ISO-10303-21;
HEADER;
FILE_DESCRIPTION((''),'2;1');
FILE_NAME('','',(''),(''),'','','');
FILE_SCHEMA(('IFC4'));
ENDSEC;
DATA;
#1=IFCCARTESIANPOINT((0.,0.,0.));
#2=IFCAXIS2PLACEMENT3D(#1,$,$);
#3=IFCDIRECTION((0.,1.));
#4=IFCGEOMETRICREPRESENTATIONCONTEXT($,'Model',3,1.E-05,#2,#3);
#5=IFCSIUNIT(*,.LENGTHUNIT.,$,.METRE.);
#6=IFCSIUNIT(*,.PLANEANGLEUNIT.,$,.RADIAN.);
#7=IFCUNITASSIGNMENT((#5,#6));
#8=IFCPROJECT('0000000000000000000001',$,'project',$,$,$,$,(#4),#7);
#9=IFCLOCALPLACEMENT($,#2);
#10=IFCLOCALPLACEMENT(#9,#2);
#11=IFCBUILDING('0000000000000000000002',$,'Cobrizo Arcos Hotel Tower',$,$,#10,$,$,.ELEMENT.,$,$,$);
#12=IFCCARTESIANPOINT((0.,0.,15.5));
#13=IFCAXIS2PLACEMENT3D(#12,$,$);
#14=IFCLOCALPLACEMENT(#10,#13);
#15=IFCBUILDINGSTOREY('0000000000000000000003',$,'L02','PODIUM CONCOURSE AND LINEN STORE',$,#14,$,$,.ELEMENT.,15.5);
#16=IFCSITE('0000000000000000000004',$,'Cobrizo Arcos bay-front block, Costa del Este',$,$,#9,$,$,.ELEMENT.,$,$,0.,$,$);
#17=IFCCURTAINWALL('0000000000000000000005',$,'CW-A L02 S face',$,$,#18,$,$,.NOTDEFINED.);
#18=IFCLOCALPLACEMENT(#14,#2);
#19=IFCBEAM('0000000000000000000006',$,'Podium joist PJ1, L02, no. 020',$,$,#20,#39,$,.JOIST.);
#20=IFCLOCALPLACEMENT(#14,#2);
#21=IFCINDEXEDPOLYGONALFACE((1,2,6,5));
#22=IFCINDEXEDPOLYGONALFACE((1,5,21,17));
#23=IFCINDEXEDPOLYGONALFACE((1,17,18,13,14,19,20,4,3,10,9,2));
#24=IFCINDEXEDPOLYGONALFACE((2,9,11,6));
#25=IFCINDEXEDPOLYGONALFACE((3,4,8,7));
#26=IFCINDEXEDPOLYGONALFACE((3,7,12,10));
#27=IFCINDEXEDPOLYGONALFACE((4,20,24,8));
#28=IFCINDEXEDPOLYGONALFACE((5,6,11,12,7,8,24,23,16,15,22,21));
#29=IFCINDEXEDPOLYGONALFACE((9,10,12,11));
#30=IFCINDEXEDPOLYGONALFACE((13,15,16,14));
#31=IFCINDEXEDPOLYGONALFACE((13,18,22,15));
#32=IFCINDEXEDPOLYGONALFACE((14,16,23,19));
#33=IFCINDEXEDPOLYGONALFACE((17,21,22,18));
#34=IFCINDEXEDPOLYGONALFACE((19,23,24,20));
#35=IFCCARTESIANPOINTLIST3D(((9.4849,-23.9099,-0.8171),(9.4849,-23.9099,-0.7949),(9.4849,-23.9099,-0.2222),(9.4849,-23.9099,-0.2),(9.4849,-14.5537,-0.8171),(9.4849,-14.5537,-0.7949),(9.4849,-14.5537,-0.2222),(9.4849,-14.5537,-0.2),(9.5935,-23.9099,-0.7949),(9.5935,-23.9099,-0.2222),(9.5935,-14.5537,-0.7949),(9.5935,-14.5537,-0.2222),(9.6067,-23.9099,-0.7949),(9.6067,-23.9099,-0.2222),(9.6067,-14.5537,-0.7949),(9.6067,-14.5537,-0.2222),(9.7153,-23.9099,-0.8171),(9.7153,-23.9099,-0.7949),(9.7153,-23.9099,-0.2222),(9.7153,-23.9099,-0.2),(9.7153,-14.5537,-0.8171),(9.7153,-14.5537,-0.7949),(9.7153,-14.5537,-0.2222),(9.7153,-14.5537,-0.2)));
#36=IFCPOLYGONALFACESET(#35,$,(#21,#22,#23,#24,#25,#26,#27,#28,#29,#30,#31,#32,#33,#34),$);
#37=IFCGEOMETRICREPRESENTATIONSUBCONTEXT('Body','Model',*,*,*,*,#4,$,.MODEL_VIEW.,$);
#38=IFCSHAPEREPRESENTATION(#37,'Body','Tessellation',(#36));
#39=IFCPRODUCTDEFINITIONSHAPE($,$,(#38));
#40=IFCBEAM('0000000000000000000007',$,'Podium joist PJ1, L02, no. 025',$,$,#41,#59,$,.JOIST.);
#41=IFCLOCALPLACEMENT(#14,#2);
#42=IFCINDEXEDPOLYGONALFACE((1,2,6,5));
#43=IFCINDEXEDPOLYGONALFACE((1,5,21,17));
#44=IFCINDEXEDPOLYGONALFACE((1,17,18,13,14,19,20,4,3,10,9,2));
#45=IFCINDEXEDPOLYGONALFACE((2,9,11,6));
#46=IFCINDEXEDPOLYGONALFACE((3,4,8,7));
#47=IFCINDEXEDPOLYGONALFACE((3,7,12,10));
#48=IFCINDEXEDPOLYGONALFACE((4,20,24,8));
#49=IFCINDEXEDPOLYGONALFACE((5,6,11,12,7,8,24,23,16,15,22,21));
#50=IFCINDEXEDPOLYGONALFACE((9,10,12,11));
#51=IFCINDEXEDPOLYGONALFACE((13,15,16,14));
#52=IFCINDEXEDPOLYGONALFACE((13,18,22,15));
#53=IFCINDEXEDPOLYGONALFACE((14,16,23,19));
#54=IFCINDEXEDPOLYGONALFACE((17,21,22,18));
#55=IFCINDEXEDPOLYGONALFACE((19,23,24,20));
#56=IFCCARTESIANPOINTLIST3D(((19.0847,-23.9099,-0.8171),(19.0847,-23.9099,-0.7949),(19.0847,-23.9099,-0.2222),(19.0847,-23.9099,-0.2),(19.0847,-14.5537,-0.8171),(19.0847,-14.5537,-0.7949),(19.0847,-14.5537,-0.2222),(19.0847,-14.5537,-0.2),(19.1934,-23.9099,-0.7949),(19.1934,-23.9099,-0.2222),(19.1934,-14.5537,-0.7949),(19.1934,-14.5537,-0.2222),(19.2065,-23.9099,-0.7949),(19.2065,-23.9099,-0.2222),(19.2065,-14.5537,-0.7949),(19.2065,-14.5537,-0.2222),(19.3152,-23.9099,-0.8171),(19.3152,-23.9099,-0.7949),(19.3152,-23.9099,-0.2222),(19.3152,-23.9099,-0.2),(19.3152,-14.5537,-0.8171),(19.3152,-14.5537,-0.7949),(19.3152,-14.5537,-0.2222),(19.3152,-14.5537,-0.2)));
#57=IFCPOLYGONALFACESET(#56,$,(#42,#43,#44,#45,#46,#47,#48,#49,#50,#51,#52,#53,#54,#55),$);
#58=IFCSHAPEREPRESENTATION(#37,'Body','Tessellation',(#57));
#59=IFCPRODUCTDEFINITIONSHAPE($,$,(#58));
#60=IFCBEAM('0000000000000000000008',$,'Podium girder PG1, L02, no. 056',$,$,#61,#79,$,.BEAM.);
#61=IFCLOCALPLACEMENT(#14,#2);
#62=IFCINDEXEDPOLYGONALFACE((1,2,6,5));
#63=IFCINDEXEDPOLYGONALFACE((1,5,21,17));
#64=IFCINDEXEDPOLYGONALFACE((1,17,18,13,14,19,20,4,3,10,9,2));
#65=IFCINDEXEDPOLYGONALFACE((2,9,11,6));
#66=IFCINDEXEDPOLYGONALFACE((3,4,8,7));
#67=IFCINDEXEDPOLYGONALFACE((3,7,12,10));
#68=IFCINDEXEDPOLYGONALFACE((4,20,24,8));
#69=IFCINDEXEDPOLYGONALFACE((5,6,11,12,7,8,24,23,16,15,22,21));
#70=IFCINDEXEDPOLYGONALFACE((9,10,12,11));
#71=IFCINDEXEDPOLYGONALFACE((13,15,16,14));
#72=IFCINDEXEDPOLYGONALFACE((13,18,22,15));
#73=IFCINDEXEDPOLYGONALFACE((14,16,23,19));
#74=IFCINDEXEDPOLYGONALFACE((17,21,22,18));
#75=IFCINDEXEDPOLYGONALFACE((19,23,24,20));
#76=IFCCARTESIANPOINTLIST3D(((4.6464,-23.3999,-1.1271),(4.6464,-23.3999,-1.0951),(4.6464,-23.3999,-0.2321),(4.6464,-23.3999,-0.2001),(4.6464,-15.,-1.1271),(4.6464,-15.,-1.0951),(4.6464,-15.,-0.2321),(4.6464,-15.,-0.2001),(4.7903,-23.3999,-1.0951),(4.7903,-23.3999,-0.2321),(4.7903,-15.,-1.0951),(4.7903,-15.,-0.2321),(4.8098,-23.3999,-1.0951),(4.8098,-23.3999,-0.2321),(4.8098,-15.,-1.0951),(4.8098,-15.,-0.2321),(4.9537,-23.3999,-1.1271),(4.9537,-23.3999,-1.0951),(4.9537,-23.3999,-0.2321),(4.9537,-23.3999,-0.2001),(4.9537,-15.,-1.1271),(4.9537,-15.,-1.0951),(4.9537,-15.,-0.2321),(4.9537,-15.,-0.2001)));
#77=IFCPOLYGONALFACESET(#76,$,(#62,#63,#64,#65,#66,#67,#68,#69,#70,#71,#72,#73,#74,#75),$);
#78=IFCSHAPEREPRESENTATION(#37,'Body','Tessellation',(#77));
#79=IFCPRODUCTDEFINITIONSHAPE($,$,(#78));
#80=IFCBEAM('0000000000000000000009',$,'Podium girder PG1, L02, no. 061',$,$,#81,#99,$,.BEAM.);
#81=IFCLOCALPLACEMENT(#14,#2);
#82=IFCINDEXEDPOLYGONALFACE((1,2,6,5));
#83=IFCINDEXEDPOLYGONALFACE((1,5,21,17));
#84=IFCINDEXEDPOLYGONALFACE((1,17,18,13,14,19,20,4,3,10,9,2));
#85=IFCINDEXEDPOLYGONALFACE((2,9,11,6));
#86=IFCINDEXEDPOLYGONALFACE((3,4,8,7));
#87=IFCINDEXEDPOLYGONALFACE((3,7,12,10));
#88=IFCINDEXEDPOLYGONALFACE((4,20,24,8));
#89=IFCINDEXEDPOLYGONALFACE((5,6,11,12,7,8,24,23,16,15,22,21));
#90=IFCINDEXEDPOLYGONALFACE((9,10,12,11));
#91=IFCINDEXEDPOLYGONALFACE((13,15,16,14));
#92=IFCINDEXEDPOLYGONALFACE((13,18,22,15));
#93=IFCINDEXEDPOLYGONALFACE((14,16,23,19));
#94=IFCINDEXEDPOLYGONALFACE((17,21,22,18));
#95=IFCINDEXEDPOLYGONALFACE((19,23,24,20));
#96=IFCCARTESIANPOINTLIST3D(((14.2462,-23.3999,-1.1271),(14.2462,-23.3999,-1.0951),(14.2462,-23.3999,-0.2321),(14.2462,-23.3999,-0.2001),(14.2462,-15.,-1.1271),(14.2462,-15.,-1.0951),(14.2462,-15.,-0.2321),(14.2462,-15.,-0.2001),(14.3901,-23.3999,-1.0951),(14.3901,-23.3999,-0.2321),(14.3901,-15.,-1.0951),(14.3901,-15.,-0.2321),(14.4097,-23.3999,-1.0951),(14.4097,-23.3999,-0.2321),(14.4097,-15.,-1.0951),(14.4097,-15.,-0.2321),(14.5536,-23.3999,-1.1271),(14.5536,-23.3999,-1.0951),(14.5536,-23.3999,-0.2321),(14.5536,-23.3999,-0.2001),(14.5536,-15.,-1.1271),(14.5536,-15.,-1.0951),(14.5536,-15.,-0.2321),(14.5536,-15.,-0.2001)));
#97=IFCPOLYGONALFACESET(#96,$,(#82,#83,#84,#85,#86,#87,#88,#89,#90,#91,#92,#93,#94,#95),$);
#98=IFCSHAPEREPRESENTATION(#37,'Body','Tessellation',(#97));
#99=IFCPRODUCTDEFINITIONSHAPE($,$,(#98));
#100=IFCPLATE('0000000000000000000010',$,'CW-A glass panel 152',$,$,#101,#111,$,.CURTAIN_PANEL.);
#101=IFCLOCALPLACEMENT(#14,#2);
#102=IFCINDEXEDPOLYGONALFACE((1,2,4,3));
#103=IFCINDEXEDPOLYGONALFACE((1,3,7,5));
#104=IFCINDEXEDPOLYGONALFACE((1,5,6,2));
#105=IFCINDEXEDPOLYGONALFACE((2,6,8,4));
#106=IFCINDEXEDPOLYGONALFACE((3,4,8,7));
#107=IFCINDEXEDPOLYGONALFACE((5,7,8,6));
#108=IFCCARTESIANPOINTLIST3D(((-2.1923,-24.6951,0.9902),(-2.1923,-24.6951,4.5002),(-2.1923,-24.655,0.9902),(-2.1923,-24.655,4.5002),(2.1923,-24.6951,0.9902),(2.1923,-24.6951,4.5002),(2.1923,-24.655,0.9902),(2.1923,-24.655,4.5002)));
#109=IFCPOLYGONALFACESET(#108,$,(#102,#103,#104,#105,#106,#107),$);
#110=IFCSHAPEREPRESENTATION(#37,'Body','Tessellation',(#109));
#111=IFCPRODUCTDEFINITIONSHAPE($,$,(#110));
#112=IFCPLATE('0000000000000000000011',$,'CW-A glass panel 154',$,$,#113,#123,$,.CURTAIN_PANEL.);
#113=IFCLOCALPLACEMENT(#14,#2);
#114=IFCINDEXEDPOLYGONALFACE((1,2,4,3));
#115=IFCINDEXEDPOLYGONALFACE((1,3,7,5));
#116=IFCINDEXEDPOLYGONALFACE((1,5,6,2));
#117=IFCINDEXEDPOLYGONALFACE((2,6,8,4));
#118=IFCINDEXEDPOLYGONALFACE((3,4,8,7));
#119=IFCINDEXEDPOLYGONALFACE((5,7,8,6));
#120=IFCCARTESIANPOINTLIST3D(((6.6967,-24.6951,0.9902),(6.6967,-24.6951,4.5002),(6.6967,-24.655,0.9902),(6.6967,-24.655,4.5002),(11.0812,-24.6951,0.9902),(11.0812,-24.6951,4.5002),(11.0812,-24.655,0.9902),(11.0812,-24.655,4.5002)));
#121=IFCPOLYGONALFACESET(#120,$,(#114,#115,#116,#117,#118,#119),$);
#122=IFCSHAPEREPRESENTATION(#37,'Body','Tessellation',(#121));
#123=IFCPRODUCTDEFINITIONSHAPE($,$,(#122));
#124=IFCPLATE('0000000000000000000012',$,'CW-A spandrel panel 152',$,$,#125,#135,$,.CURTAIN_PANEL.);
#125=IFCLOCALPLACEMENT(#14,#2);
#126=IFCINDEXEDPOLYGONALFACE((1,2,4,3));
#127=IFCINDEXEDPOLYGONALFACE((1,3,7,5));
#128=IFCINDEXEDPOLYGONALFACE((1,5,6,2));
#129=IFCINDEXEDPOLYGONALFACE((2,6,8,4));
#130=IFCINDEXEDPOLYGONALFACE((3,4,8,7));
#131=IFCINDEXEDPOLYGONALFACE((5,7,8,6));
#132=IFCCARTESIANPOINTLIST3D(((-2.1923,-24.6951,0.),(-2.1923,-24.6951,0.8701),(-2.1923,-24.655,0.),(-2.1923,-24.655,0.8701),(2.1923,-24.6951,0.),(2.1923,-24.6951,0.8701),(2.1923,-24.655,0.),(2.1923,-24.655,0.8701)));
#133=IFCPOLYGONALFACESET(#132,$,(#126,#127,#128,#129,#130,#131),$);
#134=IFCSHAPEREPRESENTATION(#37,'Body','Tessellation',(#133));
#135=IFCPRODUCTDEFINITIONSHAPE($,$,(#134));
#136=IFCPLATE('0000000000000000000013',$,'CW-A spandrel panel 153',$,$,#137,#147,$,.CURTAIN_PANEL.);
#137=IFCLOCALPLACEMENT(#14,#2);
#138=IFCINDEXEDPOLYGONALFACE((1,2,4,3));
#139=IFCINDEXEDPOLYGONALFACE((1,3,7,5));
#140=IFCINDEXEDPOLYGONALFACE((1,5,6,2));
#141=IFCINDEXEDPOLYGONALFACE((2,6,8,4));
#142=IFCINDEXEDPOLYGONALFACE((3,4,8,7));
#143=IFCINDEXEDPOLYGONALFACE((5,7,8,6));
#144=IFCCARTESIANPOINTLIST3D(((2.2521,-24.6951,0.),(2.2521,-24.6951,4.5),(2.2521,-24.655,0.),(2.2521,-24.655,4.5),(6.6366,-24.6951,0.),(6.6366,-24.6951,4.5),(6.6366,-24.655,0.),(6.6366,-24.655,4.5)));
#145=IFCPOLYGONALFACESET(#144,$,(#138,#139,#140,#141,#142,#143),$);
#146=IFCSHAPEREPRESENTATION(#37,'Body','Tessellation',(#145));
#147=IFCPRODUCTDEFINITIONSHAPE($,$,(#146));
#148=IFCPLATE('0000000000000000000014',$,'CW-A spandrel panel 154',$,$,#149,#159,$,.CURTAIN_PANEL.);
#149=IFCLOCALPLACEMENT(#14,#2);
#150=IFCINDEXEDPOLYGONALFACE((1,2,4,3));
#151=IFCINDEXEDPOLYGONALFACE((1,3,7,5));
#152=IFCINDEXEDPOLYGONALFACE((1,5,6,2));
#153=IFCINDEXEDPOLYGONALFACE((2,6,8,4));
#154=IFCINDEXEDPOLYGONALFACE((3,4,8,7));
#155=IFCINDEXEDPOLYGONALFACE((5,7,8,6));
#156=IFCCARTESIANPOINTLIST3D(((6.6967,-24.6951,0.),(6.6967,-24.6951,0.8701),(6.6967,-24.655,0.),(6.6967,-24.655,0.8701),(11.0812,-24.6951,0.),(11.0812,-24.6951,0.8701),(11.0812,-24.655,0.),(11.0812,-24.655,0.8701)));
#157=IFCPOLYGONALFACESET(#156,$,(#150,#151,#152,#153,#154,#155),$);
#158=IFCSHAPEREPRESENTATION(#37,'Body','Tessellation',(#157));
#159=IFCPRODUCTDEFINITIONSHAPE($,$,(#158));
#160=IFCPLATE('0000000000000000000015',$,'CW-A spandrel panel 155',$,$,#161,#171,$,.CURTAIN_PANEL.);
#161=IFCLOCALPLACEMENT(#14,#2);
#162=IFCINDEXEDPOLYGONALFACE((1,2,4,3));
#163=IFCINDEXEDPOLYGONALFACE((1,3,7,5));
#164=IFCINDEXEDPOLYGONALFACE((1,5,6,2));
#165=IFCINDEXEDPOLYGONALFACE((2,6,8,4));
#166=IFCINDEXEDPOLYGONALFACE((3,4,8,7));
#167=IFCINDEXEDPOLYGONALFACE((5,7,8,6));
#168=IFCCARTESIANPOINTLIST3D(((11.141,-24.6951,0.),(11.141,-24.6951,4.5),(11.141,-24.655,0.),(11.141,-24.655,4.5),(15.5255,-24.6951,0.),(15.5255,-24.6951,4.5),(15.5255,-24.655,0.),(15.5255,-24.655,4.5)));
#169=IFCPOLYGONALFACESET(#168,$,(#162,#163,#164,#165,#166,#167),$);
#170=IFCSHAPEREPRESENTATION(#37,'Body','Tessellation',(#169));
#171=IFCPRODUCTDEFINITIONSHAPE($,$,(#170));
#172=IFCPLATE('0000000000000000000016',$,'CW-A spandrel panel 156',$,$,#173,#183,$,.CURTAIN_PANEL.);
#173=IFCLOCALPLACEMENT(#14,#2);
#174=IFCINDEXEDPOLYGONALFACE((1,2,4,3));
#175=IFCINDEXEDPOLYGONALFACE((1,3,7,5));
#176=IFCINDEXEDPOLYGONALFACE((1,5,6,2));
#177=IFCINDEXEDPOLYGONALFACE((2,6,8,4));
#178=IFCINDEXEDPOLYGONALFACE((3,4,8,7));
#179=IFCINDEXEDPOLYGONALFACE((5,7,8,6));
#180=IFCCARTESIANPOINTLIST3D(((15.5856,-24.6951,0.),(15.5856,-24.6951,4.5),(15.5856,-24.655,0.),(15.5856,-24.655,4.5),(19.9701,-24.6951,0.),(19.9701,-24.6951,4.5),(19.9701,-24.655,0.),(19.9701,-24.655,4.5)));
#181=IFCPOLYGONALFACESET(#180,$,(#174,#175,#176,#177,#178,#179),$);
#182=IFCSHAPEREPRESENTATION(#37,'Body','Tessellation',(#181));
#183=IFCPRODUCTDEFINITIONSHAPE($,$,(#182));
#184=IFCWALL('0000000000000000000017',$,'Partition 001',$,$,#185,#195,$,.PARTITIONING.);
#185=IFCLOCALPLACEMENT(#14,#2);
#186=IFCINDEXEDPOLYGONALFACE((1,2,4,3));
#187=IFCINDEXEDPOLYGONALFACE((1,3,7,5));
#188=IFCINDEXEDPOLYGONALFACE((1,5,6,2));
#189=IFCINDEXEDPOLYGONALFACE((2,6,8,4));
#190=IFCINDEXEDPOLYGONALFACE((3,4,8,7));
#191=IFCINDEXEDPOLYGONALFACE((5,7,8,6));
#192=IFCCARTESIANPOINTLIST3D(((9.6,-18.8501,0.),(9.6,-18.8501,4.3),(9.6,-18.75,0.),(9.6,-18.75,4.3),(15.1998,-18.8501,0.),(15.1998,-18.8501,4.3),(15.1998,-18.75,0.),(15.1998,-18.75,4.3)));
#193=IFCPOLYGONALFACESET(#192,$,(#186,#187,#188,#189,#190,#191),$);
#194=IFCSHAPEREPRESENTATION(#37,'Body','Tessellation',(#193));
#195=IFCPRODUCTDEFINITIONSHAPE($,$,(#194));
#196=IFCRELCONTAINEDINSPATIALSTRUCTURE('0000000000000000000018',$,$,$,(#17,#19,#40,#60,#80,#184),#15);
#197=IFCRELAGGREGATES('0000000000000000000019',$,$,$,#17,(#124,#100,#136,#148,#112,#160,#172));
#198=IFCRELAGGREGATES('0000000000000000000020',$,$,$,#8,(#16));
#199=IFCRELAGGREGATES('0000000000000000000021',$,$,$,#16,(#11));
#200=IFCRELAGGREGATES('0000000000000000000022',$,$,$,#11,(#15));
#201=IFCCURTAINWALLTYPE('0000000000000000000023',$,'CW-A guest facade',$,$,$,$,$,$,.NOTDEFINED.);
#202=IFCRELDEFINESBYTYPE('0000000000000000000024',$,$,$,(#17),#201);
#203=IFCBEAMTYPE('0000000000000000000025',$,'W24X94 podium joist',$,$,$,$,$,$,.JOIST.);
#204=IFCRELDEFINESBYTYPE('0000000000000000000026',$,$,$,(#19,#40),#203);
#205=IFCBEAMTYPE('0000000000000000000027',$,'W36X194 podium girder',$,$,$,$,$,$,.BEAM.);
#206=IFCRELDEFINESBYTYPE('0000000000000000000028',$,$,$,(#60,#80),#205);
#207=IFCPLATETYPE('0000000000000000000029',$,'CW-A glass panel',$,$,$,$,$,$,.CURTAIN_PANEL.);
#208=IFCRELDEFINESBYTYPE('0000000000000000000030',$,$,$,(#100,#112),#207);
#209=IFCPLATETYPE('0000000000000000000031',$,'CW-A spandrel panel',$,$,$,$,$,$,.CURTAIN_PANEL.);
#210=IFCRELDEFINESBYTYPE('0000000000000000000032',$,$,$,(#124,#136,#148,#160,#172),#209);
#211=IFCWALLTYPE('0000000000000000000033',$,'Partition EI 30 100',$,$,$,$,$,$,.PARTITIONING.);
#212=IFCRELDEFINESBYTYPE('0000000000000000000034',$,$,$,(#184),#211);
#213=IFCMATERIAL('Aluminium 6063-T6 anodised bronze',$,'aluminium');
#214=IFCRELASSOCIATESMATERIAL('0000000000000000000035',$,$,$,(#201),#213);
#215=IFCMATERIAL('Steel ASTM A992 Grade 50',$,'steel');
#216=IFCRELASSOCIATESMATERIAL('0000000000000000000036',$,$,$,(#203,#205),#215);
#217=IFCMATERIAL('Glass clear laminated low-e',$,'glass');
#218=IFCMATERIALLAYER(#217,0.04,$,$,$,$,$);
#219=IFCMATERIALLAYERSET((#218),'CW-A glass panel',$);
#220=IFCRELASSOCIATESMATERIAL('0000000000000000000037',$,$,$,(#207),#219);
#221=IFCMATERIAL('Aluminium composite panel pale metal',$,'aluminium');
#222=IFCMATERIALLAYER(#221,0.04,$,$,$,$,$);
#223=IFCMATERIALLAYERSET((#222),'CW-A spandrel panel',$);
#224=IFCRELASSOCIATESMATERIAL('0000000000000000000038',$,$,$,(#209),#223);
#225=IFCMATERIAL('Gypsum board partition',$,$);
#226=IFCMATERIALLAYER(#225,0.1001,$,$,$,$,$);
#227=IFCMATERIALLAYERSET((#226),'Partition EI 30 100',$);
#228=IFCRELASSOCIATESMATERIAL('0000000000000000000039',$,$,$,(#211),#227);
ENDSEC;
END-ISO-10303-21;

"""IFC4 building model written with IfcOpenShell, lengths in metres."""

from ifc_helpers import new_model, si_unit, direction, frame, frame_2d, origin, origin_2d, place, context, subcontext, project, spatial, rectangle, i_section, extrude, material, layer, layer_set, material_profile, profile_set, type_object, element, aggregate, save


model = new_model("IFC4")

# Units and contexts
model_context = context("Model", 3, precision=1e-05, world=origin(), true_north=direction((0.0, 1.0)))
body_context = subcontext(model_context, "Body", "Model", "MODEL_VIEW")
ifc_project = project(units=[si_unit("LENGTHUNIT", "METRE"), si_unit("PLANEANGLEUNIT", "RADIAN")], contexts=[model_context])

# Site, building, storey
site_placement = place(None, origin())
site = spatial("IfcSite", under=ifc_project, at=site_placement, Name="Cobrizo Arcos bay-front block, Costa del Este", CompositionType="ELEMENT", RefElevation=0.0)
building_placement = place(site_placement, origin())
building = spatial("IfcBuilding", under=site, at=building_placement, Name="Cobrizo Arcos Hotel Tower", CompositionType="ELEMENT")
storey_placement = place(building_placement, frame((0.0, 0.0, 15.5)))
storey = spatial("IfcBuildingStorey", under=building, at=storey_placement, Name="L02", Description="PODIUM CONCOURSE AND LINEN STORE", CompositionType="ELEMENT", Elevation=15.5)

# Curtain wall
ifc_material_1 = material(Name="Aluminium 6063-T6 anodised bronze", Category="aluminium")
curtain_wall_type = type_object("IfcCurtainWallType", Name="CW-A guest facade", PredefinedType="NOTDEFINED", material=ifc_material_1)
curtain_wall_placement = place(storey_placement, origin())
curtain_wall = element("IfcCurtainWall", 1, at=curtain_wall_placement, inside=storey, type_object=curtain_wall_type, Name="CW-A L02 S face", PredefinedType="NOTDEFINED")

# Beams
ifc_material_2 = material(Name="Steel ASTM A992 Grade 50", Category="steel")
ifc_material_profile_1 = material_profile(ifc_material_2, i_section(OverallWidth=0.2305, OverallDepth=0.6172, WebThickness=0.0132, FlangeThickness=0.0222, at=origin_2d()), Name="W24X94")
ifc_profile_set_1 = profile_set([ifc_material_profile_1], Name="Steel ASTM A992 Grade 50")
beam_type_1 = type_object("IfcBeamType", Name="W24X94 podium joist", PredefinedType="JOIST", material=ifc_profile_set_1)
for number, where, z_axis, x_axis, name in (
    (2, (9.6001, -23.9099, -0.5085), (0.0, 1.0, 0.0), (-1.0, 0.0, 0.0), "Podium joist PJ1, L02, no. 020"),
    (3, (19.2, -23.9099, -0.5085), (0.0, 1.0, 0.0), (-1.0, 0.0, 0.0), "Podium joist PJ1, L02, no. 025"),
):
    element("IfcBeam", number, at=place(storey_placement, frame(where, z_axis=z_axis, x_axis=x_axis)), inside=storey, type_object=beam_type_1, Name=name, PredefinedType="JOIST", context=body_context, shape_type="SweptSolid", body=[
        extrude(i_section(OverallWidth=0.2305, OverallDepth=0.6172, WebThickness=0.0132, FlangeThickness=0.0222, at=origin_2d()), origin(), (0.0, 0.0, 1.0), 9.3562),
    ])
ifc_material_profile_2 = material_profile(ifc_material_2, i_section(OverallWidth=0.3074, OverallDepth=0.927, WebThickness=0.0195, FlangeThickness=0.032, at=origin_2d()), Name="W36X194")
ifc_profile_set_2 = profile_set([ifc_material_profile_2], Name="Steel ASTM A992 Grade 50")
beam_type_2 = type_object("IfcBeamType", Name="W36X194 podium girder", PredefinedType="BEAM", material=ifc_profile_set_2)
for number, where, z_axis, x_axis, name in (
    (4, (4.8, -23.3999, -0.6636), (0.0, 1.0, 0.0), (-1.0, 0.0, 0.0), "Podium girder PG1, L02, no. 056"),
    (5, (14.3999, -23.3999, -0.6636), (0.0, 1.0, 0.0), (-1.0, 0.0, 0.0), "Podium girder PG1, L02, no. 061"),
):
    element("IfcBeam", number, at=place(storey_placement, frame(where, z_axis=z_axis, x_axis=x_axis)), inside=storey, type_object=beam_type_2, Name=name, PredefinedType="BEAM", context=body_context, shape_type="SweptSolid", body=[
        extrude(i_section(OverallWidth=0.3074, OverallDepth=0.927, WebThickness=0.0195, FlangeThickness=0.032, at=origin_2d()), origin(), (0.0, 0.0, 1.0), 8.3999),
    ])

# Plates
ifc_material_3 = material(Name="Glass clear laminated low-e", Category="glass")
ifc_layer_1 = layer(ifc_material_3, 0.04)
ifc_layer_set_1 = layer_set([ifc_layer_1], Name="CW-A glass panel")
plate_type_1 = type_object("IfcPlateType", Name="CW-A glass panel", PredefinedType="CURTAIN_PANEL", material=ifc_layer_set_1)
plate_1_placement = place(storey_placement, frame((0.0, -24.675, 0.9902), z_axis=(0.0, 0.0, 1.0), x_axis=(1.0, 0.0, 0.0)))
plate_1 = element("IfcPlate", 6, at=plate_1_placement, type_object=plate_type_1, Name="CW-A glass panel 152", PredefinedType="CURTAIN_PANEL", context=body_context, shape_type="SweptSolid", body=[
    extrude(rectangle(XDim=4.3845, YDim=0.04, at=origin_2d()), origin(), (0.0, 0.0, 1.0), 3.51),
])
plate_2_placement = place(storey_placement, frame((8.8889, -24.675, 0.9902), z_axis=(0.0, 0.0, 1.0), x_axis=(1.0, 0.0, 0.0)))
plate_2 = element("IfcPlate", 7, at=plate_2_placement, type_object=plate_type_1, Name="CW-A glass panel 154", PredefinedType="CURTAIN_PANEL", context=body_context, shape_type="SweptSolid", body=[
    extrude(rectangle(XDim=4.3845, YDim=0.04, at=origin_2d()), origin(), (0.0, 0.0, 1.0), 3.51),
])
ifc_material_4 = material(Name="Aluminium composite panel pale metal", Category="aluminium")
ifc_layer_2 = layer(ifc_material_4, 0.04)
ifc_layer_set_2 = layer_set([ifc_layer_2], Name="CW-A spandrel panel")
plate_type_2 = type_object("IfcPlateType", Name="CW-A spandrel panel", PredefinedType="CURTAIN_PANEL", material=ifc_layer_set_2)
plate_3_placement = place(storey_placement, frame((0.0, -24.675, 0.0), z_axis=(0.0, 0.0, 1.0), x_axis=(1.0, 0.0, 0.0)))
plate_3 = element("IfcPlate", 8, at=plate_3_placement, type_object=plate_type_2, Name="CW-A spandrel panel 152", PredefinedType="CURTAIN_PANEL", context=body_context, shape_type="SweptSolid", body=[
    extrude(rectangle(XDim=4.3845, YDim=0.04, at=origin_2d()), origin(), (0.0, 0.0, 1.0), 0.8701),
])
plate_4_placement = place(storey_placement, frame((4.4443, -24.675, 0.0), z_axis=(0.0, 0.0, 1.0), x_axis=(1.0, 0.0, 0.0)))
plate_4 = element("IfcPlate", 9, at=plate_4_placement, type_object=plate_type_2, Name="CW-A spandrel panel 153", PredefinedType="CURTAIN_PANEL", context=body_context, shape_type="SweptSolid", body=[
    extrude(rectangle(XDim=4.3845, YDim=0.04, at=origin_2d()), origin(), (0.0, 0.0, 1.0), 4.5),
])
plate_5_placement = place(storey_placement, frame((8.8889, -24.675, 0.0), z_axis=(0.0, 0.0, 1.0), x_axis=(1.0, 0.0, 0.0)))
plate_5 = element("IfcPlate", 10, at=plate_5_placement, type_object=plate_type_2, Name="CW-A spandrel panel 154", PredefinedType="CURTAIN_PANEL", context=body_context, shape_type="SweptSolid", body=[
    extrude(rectangle(XDim=4.3845, YDim=0.04, at=origin_2d()), origin(), (0.0, 0.0, 1.0), 0.8701),
])
plate_6_placement = place(storey_placement, frame((13.3333, -24.675, 0.0), z_axis=(0.0, 0.0, 1.0), x_axis=(1.0, 0.0, 0.0)))
plate_6 = element("IfcPlate", 11, at=plate_6_placement, type_object=plate_type_2, Name="CW-A spandrel panel 155", PredefinedType="CURTAIN_PANEL", context=body_context, shape_type="SweptSolid", body=[
    extrude(rectangle(XDim=4.3845, YDim=0.04, at=origin_2d()), origin(), (0.0, 0.0, 1.0), 4.5),
])
plate_7_placement = place(storey_placement, frame((17.7778, -24.675, 0.0), z_axis=(0.0, 0.0, 1.0), x_axis=(1.0, 0.0, 0.0)))
plate_7 = element("IfcPlate", 12, at=plate_7_placement, type_object=plate_type_2, Name="CW-A spandrel panel 156", PredefinedType="CURTAIN_PANEL", context=body_context, shape_type="SweptSolid", body=[
    extrude(rectangle(XDim=4.3845, YDim=0.04, at=origin_2d()), origin(), (0.0, 0.0, 1.0), 4.5),
])
aggregate(curtain_wall, [plate_3, plate_1, plate_4, plate_5, plate_2, plate_6, plate_7])

# Wall
ifc_material_5 = material(Name="Gypsum board partition")
ifc_layer_3 = layer(ifc_material_5, 0.1001)
ifc_layer_set_3 = layer_set([ifc_layer_3], Name="Partition EI 30 100")
wall_type = type_object("IfcWallType", Name="Partition EI 30 100", PredefinedType="PARTITIONING", material=ifc_layer_set_3)
wall_1_placement = place(storey_placement, frame((9.6001, -18.8, 0.0), z_axis=(0.0, 0.0, 1.0), x_axis=(1.0, 0.0, 0.0)))
element("IfcWall", 13, at=wall_1_placement, inside=storey, type_object=wall_type, Name="Partition 001", PredefinedType="PARTITIONING", context=body_context, shape_type="SweptSolid", body=[
    extrude(rectangle(XDim=5.5999, YDim=0.1001, at=frame_2d((2.7998, 0.0))), origin(), (0.0, 0.0, 1.0), 4.3),
])

save(model, "model.ifc")
